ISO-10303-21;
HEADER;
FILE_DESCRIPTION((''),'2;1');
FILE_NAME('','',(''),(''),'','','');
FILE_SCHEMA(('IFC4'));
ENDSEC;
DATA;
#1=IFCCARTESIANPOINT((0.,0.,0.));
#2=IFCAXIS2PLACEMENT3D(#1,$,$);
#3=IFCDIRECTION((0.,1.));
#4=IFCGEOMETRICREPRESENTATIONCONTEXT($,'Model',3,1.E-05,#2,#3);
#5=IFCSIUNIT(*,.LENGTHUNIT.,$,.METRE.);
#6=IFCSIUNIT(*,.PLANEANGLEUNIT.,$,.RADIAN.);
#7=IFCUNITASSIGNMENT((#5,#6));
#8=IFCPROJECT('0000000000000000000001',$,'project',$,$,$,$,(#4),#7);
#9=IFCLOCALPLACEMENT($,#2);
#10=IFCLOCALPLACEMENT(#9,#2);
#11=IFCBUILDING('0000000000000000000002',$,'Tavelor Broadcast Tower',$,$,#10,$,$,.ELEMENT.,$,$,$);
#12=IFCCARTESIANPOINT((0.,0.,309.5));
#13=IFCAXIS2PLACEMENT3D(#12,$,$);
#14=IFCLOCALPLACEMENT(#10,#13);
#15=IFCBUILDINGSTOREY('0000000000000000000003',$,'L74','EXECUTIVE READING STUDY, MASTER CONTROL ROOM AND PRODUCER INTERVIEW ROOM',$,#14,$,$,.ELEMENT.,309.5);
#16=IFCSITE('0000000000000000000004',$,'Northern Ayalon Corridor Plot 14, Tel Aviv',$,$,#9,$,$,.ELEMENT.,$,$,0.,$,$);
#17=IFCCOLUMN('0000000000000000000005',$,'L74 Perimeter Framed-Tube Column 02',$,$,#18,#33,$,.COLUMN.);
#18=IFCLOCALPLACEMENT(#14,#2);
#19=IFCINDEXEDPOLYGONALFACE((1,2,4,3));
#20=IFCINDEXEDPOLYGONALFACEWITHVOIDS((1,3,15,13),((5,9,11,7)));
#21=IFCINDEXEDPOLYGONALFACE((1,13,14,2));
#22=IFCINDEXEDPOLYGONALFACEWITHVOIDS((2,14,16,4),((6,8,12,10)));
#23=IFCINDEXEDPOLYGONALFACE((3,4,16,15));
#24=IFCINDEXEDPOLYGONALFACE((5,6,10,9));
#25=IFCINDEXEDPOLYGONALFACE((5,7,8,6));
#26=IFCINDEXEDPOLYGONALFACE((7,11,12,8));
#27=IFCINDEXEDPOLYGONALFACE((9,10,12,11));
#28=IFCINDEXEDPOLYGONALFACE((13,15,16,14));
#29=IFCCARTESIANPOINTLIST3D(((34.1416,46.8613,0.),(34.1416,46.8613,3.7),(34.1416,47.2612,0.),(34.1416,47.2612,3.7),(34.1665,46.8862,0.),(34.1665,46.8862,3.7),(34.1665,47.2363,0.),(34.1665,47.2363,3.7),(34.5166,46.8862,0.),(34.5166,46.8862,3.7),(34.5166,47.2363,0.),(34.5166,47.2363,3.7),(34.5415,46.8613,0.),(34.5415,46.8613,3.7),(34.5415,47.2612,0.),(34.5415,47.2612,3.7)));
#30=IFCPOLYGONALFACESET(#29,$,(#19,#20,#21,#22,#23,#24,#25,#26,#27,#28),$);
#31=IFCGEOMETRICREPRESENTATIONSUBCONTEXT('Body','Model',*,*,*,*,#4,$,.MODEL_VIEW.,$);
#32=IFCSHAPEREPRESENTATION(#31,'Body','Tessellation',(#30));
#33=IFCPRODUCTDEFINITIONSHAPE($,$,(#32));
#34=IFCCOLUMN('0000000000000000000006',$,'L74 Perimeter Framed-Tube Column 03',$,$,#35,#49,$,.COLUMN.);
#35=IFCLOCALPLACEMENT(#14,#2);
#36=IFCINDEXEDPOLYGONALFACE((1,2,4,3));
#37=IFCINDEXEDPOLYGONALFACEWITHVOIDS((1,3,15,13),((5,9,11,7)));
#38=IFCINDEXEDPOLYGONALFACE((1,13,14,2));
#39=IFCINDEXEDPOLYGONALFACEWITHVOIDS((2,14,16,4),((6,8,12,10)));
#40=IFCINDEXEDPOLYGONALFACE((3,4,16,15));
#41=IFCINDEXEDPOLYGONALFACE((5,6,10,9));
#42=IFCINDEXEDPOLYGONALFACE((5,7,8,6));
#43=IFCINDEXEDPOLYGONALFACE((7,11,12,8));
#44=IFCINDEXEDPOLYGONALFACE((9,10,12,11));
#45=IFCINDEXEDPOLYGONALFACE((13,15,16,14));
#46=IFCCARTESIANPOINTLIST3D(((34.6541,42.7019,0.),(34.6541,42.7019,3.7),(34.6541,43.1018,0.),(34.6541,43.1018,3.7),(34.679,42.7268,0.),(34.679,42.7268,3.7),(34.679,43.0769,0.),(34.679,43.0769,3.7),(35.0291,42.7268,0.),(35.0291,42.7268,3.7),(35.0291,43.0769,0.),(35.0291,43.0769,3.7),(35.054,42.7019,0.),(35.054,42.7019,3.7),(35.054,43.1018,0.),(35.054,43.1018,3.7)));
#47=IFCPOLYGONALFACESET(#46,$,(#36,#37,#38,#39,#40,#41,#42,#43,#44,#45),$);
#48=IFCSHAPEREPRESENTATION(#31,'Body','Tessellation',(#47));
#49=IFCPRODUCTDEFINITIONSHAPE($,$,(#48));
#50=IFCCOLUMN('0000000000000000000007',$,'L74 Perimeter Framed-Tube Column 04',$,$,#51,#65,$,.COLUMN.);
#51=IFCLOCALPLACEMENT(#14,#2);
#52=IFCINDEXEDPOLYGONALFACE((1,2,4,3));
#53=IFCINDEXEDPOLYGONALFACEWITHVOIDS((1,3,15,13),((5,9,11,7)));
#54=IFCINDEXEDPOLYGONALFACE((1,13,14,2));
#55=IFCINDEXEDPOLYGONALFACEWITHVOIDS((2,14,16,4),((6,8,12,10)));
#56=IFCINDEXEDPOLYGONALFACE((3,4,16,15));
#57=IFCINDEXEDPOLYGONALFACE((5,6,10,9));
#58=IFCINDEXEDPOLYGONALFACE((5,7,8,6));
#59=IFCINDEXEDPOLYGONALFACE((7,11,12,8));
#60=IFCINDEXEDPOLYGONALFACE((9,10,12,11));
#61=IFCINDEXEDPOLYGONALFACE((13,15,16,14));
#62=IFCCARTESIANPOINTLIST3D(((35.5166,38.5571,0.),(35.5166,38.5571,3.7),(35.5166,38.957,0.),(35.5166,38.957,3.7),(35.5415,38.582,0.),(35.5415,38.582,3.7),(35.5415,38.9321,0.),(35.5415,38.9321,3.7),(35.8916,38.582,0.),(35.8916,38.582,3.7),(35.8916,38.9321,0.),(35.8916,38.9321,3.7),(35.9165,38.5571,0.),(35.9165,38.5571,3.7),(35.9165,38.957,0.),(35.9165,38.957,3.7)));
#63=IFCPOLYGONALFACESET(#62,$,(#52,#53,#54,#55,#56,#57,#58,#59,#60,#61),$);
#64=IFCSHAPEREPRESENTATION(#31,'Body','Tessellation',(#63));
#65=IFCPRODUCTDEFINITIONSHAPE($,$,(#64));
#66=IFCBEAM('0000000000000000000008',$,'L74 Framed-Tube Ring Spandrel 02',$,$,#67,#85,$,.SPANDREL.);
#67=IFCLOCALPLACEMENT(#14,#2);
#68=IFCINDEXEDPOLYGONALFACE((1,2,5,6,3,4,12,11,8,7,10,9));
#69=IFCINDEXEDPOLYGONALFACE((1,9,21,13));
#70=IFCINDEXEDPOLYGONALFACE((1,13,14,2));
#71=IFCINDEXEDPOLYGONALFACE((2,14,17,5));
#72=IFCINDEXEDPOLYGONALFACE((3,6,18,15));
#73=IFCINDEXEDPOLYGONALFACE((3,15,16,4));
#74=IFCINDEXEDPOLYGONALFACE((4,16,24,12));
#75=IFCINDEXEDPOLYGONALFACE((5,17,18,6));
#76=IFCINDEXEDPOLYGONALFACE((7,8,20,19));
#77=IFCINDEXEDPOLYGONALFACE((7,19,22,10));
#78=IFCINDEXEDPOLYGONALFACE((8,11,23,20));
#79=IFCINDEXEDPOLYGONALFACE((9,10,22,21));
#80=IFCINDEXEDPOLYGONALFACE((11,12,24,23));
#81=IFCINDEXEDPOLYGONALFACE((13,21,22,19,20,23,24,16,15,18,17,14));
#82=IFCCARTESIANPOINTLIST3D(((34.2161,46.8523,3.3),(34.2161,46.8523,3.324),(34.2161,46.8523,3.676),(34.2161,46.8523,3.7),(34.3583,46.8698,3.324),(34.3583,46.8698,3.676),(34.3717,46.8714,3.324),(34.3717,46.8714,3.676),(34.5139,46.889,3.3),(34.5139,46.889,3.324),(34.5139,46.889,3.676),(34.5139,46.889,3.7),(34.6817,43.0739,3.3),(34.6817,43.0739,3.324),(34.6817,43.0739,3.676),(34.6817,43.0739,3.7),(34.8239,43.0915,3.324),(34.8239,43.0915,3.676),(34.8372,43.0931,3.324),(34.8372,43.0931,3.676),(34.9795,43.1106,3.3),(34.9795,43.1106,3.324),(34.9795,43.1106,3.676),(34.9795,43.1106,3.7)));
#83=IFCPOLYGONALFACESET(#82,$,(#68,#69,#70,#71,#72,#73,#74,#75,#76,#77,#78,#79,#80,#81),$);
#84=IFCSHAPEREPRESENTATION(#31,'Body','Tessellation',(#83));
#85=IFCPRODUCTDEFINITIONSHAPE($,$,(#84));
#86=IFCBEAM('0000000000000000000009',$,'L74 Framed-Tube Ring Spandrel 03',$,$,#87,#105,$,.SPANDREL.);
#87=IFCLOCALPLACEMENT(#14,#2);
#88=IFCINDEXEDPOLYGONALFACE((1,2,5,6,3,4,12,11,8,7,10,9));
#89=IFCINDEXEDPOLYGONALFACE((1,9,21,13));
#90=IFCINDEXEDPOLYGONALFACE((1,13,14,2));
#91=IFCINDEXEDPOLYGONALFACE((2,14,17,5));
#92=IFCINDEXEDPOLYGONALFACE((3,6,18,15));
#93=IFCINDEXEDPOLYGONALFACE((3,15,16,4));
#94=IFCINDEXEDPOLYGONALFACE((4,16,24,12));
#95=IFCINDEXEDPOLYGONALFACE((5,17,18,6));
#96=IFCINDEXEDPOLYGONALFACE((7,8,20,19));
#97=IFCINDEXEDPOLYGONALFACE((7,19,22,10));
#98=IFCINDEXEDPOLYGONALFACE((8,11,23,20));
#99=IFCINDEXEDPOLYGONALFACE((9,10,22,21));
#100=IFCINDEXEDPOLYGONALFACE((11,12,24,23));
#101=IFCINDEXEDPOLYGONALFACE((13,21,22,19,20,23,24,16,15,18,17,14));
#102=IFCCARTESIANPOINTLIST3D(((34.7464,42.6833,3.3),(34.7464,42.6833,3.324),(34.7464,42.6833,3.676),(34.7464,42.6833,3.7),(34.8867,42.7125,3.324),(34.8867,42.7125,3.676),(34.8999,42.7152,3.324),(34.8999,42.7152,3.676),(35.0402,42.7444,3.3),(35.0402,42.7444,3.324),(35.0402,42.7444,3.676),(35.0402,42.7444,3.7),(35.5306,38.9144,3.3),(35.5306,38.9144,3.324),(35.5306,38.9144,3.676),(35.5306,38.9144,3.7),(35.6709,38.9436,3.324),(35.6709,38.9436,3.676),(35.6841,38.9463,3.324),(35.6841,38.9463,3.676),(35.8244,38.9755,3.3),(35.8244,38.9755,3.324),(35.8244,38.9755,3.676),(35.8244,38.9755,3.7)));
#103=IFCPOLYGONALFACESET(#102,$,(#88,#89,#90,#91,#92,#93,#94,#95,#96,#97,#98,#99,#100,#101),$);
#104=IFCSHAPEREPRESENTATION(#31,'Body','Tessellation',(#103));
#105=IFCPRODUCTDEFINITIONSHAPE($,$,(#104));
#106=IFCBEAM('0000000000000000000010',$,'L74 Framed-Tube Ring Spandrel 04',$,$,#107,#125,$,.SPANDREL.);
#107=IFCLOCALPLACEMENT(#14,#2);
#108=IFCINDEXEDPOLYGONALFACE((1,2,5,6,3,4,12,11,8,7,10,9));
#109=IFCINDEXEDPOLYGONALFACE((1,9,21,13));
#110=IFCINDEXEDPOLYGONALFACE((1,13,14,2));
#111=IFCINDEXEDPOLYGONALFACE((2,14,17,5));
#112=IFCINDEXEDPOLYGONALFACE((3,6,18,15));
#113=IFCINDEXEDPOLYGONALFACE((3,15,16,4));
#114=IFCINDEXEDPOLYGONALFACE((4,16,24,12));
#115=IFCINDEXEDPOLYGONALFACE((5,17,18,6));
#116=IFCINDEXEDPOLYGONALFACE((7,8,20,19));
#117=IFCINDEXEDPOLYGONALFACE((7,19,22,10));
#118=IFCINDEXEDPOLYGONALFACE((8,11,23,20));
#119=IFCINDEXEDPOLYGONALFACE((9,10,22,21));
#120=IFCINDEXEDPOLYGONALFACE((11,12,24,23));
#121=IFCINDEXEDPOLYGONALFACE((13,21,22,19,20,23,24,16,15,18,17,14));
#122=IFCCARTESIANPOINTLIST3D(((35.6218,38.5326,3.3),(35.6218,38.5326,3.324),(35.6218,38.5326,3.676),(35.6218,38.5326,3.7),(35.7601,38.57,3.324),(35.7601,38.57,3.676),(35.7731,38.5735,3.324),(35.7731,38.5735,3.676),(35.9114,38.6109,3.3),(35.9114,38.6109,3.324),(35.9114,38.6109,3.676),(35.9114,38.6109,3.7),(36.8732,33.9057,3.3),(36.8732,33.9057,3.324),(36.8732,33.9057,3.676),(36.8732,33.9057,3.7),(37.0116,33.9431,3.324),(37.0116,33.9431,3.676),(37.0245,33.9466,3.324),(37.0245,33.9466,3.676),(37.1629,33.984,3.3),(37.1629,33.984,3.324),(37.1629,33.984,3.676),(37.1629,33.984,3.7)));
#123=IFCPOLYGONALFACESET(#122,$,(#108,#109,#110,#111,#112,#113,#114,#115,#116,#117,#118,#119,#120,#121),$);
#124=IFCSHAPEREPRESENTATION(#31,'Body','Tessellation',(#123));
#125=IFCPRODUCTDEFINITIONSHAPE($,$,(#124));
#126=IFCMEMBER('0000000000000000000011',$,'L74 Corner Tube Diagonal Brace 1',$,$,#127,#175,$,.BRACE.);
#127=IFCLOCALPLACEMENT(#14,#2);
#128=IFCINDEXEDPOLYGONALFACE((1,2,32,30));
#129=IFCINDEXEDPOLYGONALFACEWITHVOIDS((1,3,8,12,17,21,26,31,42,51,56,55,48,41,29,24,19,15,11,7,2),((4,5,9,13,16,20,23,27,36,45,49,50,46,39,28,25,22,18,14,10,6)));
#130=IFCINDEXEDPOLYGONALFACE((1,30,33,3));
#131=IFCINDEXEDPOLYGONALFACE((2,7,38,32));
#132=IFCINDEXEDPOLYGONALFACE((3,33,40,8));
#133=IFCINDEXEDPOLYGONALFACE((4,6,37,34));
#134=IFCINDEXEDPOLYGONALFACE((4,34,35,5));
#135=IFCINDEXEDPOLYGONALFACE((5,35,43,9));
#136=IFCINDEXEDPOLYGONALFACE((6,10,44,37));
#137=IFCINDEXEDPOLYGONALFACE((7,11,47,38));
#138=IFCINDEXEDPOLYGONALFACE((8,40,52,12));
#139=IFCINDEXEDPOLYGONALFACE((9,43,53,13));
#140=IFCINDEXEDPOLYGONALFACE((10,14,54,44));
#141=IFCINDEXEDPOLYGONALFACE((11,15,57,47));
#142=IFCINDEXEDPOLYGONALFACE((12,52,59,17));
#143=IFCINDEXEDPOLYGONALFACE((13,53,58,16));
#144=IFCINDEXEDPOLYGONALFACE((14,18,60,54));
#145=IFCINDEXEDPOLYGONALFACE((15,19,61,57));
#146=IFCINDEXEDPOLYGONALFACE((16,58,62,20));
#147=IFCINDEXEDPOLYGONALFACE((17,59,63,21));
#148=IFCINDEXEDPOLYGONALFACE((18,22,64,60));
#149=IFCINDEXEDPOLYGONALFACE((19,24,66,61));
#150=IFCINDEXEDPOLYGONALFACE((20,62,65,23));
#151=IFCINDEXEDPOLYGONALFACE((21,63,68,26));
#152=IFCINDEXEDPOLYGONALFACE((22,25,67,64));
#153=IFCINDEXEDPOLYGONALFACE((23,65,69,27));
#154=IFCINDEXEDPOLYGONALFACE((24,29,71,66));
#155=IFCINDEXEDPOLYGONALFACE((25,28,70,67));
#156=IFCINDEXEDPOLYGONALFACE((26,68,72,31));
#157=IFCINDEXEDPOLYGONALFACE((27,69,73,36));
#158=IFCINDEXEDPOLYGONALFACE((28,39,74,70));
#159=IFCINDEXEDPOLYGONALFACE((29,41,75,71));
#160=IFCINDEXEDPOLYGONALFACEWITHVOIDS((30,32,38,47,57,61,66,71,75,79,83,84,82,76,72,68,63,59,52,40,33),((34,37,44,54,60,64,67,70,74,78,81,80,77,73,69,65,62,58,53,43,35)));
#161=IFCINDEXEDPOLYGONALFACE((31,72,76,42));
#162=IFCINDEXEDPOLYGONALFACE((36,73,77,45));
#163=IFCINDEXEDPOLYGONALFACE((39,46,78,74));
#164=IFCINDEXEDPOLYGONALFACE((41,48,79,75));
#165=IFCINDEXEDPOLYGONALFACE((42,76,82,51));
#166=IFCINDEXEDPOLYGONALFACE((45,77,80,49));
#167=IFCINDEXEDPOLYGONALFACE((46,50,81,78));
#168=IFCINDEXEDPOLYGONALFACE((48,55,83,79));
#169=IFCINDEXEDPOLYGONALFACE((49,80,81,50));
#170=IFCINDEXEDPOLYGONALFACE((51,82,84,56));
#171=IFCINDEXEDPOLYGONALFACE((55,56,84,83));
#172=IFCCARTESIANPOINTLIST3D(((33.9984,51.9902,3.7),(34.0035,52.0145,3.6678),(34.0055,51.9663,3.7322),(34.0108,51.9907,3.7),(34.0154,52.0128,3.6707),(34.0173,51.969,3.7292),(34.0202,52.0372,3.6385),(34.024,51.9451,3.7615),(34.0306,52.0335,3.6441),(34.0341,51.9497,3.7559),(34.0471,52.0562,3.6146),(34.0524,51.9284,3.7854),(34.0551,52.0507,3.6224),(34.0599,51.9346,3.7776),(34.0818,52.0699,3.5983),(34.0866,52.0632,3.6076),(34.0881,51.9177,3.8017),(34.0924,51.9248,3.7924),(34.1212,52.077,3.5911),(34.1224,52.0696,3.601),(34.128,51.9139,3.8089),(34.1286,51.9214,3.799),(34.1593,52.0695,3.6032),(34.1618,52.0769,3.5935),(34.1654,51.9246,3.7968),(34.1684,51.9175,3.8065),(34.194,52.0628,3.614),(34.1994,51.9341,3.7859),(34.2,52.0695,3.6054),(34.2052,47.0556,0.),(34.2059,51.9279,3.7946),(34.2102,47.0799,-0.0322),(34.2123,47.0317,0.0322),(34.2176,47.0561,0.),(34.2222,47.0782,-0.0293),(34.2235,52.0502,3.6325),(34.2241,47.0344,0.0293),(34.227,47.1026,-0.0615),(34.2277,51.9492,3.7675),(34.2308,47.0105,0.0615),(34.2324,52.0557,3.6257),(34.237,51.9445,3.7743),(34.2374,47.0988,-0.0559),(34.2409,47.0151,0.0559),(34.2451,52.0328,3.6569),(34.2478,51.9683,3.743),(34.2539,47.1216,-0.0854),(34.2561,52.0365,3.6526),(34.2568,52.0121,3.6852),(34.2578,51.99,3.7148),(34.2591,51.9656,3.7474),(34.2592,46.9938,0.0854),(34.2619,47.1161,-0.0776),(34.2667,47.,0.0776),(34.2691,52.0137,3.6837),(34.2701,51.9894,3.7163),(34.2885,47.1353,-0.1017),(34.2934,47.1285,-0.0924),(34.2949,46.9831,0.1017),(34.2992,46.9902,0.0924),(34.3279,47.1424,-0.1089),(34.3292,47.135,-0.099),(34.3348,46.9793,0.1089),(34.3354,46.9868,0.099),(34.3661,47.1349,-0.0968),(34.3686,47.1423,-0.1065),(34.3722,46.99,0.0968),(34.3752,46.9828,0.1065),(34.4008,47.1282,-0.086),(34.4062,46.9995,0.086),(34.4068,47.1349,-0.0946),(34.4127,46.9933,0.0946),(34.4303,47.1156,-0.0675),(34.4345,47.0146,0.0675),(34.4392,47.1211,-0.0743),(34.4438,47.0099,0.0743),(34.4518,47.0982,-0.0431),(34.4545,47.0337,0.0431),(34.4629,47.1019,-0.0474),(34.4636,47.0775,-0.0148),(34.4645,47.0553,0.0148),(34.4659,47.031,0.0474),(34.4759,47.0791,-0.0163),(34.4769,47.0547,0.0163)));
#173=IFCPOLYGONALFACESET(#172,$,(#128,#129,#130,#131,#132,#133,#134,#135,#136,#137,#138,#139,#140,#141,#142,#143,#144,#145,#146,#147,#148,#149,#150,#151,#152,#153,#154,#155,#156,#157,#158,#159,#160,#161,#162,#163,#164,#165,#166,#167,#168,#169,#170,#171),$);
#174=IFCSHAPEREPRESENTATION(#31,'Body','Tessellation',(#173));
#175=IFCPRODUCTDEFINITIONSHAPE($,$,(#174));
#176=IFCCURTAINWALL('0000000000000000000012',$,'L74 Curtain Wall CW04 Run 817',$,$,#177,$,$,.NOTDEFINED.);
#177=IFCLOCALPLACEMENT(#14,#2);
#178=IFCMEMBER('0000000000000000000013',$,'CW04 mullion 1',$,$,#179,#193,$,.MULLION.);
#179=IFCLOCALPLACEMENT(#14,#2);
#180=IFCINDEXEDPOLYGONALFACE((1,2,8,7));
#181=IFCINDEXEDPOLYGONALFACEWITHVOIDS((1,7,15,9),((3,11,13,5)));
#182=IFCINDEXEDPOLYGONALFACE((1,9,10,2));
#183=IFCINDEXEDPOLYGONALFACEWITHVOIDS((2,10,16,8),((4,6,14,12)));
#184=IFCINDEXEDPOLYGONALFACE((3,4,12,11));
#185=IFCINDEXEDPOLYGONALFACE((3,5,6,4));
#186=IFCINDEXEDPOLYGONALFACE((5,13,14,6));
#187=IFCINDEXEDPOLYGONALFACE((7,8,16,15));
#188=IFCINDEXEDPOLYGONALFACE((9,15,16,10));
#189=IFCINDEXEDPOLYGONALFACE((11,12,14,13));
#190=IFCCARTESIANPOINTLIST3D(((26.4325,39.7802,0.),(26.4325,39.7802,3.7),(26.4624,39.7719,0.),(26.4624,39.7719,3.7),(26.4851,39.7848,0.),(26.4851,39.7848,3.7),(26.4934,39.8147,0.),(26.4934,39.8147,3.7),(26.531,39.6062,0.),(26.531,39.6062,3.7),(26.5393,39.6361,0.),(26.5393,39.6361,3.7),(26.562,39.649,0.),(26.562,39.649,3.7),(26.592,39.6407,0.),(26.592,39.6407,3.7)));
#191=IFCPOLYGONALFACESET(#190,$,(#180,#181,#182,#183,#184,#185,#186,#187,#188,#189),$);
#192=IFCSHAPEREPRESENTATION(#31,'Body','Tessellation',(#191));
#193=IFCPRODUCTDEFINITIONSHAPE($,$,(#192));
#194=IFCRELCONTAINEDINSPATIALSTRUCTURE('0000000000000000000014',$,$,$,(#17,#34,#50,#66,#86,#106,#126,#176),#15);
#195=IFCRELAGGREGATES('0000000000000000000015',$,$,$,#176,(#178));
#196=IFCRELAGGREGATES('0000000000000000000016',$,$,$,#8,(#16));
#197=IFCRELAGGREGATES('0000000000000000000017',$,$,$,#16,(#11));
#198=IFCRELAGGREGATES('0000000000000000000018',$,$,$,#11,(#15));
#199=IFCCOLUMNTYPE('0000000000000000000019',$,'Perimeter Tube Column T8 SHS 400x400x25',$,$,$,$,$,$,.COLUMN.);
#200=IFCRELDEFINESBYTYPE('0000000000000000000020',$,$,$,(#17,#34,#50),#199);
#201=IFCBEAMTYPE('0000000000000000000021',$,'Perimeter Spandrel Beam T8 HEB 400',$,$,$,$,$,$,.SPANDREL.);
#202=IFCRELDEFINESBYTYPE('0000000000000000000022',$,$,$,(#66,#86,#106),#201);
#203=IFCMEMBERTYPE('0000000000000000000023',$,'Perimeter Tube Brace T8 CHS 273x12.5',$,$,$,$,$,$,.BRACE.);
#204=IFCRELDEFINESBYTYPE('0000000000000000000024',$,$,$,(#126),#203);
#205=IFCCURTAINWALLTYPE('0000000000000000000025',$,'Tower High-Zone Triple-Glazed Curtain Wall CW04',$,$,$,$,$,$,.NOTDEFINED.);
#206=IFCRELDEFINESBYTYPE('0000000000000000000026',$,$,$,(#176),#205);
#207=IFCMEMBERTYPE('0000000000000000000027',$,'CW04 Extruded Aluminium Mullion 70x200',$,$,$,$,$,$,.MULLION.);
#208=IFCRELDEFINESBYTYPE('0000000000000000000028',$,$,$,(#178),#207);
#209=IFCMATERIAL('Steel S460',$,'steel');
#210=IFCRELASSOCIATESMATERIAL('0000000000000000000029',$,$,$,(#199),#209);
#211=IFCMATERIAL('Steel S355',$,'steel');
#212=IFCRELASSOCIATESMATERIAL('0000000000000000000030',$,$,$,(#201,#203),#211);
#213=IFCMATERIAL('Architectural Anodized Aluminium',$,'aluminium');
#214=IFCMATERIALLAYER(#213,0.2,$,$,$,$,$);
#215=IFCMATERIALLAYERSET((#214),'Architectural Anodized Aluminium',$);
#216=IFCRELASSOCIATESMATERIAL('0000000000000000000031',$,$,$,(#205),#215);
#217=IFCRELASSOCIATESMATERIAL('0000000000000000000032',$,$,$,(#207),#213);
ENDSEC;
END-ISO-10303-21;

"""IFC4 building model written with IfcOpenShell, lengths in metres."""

from ifc_helpers import new_model, si_unit, direction, frame, origin, origin_2d, place, context, subcontext, project, spatial, hollow_rectangle, hollow_circle, i_section, extrude, source, transform, mapped, material, layer, layer_set, material_profile, profile_set, type_object, type_shapes, element, aggregate, save


model = new_model("IFC4")

# Units and contexts
model_context = context("Model", 3, precision=1e-05, world=origin(), true_north=direction((0.0, 1.0)))
body_context = subcontext(model_context, "Body", "Model", "MODEL_VIEW")
ifc_project = project(units=[si_unit("LENGTHUNIT", "METRE"), si_unit("PLANEANGLEUNIT", "RADIAN")], contexts=[model_context])

# Site, building, storey
site_placement = place(None, origin())
site = spatial("IfcSite", under=ifc_project, at=site_placement, Name="Northern Ayalon Corridor Plot 14, Tel Aviv", CompositionType="ELEMENT", RefElevation=0.0)
building_placement = place(site_placement, origin())
building = spatial("IfcBuilding", under=site, at=building_placement, Name="Tavelor Broadcast Tower", CompositionType="ELEMENT")
storey_placement = place(building_placement, frame((0.0, 0.0, 309.5)))
storey = spatial("IfcBuildingStorey", under=building, at=storey_placement, Name="L74", Description="EXECUTIVE READING STUDY, MASTER CONTROL ROOM AND PRODUCER INTERVIEW ROOM", CompositionType="ELEMENT", Elevation=309.5)

# Columns
ifc_material_1 = material(Name="Steel S460", Category="steel")
ifc_material_profile_1 = material_profile(ifc_material_1, hollow_rectangle(XDim=0.3999, YDim=0.3999, WallThickness=0.0249, at=origin_2d()), Name="SHS 400x400x25")
ifc_profile_set_1 = profile_set([ifc_material_profile_1], Name="Steel S460")
column_type = type_object("IfcColumnType", Name="Perimeter Tube Column T8 SHS 400x400x25", PredefinedType="COLUMN", material=ifc_profile_set_1)
for number, where, z_axis, x_axis, name in (
    (1, (34.3416, 47.0613, 0.0), (0.0, 0.0, 1.0), (1.0, 0.0, 0.0), "L74 Perimeter Framed-Tube Column 02"),
    (2, (34.854, 42.9019, 0.0), (0.0, 0.0, 1.0), (1.0, 0.0, 0.0), "L74 Perimeter Framed-Tube Column 03"),
    (3, (35.7166, 38.7571, 0.0), (0.0, 0.0, 1.0), (1.0, 0.0, 0.0), "L74 Perimeter Framed-Tube Column 04"),
):
    element("IfcColumn", number, at=place(storey_placement, frame(where, z_axis=z_axis, x_axis=x_axis)), inside=storey, type_object=column_type, Name=name, PredefinedType="COLUMN", context=body_context, shape_type="SweptSolid", body=[
        extrude(hollow_rectangle(XDim=0.3999, YDim=0.3999, WallThickness=0.0249, at=origin_2d()), origin(), (0.0, 0.0, 1.0), 3.7),
    ])

# Beams
ifc_material_2 = material(Name="Steel S355", Category="steel")
ifc_material_profile_2 = material_profile(ifc_material_2, i_section(OverallWidth=0.3, OverallDepth=0.3999, WebThickness=0.0134, FlangeThickness=0.0239, at=origin_2d()), Name="HEB 400")
ifc_profile_set_2 = profile_set([ifc_material_profile_2], Name="Steel S355")
beam_type = type_object("IfcBeamType", Name="Perimeter Spandrel Beam T8 HEB 400", PredefinedType="SPANDREL", material=ifc_profile_set_2)
beam_1_placement = place(storey_placement, frame((34.365, 46.8706, 3.5), z_axis=(0.122298, -0.992493, 0.0), x_axis=(0.992493, 0.122298, 0.0)))
element("IfcBeam", 4, at=beam_1_placement, inside=storey, type_object=beam_type, Name="L74 Framed-Tube Ring Spandrel 02", PredefinedType="SPANDREL", context=body_context, shape_type="SweptSolid", body=[
    extrude(i_section(OverallWidth=0.3, OverallDepth=0.3999, WebThickness=0.0134, FlangeThickness=0.0239, at=origin_2d()), origin(), (0.0, 0.0, 1.0), 3.8069),
])
beam_2_placement = place(storey_placement, frame((34.8933, 42.7139, 3.5), z_axis=(0.203709, -0.979032, 0.0), x_axis=(0.979032, 0.203709, 0.0)))
element("IfcBeam", 5, at=beam_2_placement, inside=storey, type_object=beam_type, Name="L74 Framed-Tube Ring Spandrel 03", PredefinedType="SPANDREL", context=body_context, shape_type="SweptSolid", body=[
    extrude(i_section(OverallWidth=0.3, OverallDepth=0.3999, WebThickness=0.0134, FlangeThickness=0.0239, at=origin_2d()), origin(), (0.0, 0.0, 1.0), 3.8496),
])
beam_3_placement = place(storey_placement, frame((35.7666, 38.5718, 3.5), z_axis=(0.261091, -0.965314, 0.0), x_axis=(0.965314, 0.261091, 0.0)))
element("IfcBeam", 6, at=beam_3_placement, inside=storey, type_object=beam_type, Name="L74 Framed-Tube Ring Spandrel 04", PredefinedType="SPANDREL", context=body_context, shape_type="SweptSolid", body=[
    extrude(i_section(OverallWidth=0.3, OverallDepth=0.3999, WebThickness=0.0134, FlangeThickness=0.0239, at=origin_2d()), origin(), (0.0, 0.0, 1.0), 4.7932),
])

# Member
ifc_material_profile_3 = material_profile(ifc_material_2, hollow_circle(Radius=0.1365, WallThickness=0.0125, at=origin_2d()), Name="CHS 273x12.5")
ifc_profile_set_3 = profile_set([ifc_material_profile_3], Name="Steel S355")
member_type_1 = type_object("IfcMemberType", Name="Perimeter Tube Brace T8 CHS 273x12.5", PredefinedType="BRACE", material=ifc_profile_set_3)
member_1_placement = place(storey_placement, frame((34.3416, 47.0613, 0.0), z_axis=(-0.033509, 0.799627, 0.599562), x_axis=(-0.999123, -0.041869, 0.0)))
element("IfcMember", 7, at=member_1_placement, inside=storey, type_object=member_type_1, Name="L74 Corner Tube Diagonal Brace 1", PredefinedType="BRACE", context=body_context, shape_type="SweptSolid", body=[
    extrude(hollow_circle(Radius=0.1365, WallThickness=0.0125, at=origin_2d()), origin(), (0.0, 0.0, 1.0), 6.1711),
])

# Curtain wall, member
ifc_material_3 = material(Name="Architectural Anodized Aluminium", Category="aluminium")
ifc_layer_1 = layer(ifc_material_3, 0.2)
ifc_layer_set_1 = layer_set([ifc_layer_1], Name="Architectural Anodized Aluminium")
curtain_wall_type = type_object("IfcCurtainWallType", Name="Tower High-Zone Triple-Glazed Curtain Wall CW04", PredefinedType="NOTDEFINED", material=ifc_layer_set_1)
curtain_wall_placement = place(storey_placement, origin())
curtain_wall = element("IfcCurtainWall", 8, at=curtain_wall_placement, inside=storey, type_object=curtain_wall_type, Name="L74 Curtain Wall CW04 Run 817", PredefinedType="NOTDEFINED")
ifc_material_profile_4 = material_profile(ifc_material_3, hollow_rectangle(XDim=0.0701, YDim=0.2, WallThickness=0.022, at=origin_2d()), Name="RHS 70x200x22")
ifc_profile_set_4 = profile_set([ifc_material_profile_4], Name="Architectural Anodized Aluminium")
member_type_2 = type_object("IfcMemberType", Name="CW04 Extruded Aluminium Mullion 70x200", PredefinedType="MULLION", material=ifc_profile_set_4)
shared_shape_1 = source(origin(), body_context, "Body", "SweptSolid", [
    extrude(hollow_rectangle(XDim=0.0701, YDim=0.2, WallThickness=0.022, at=origin_2d()), origin(), (0.0, 0.0, 1.0), 3.7),
])
type_shapes(member_type_2, [shared_shape_1])
member_2_placement = place(storey_placement, frame((26.5122, 39.7104, 0.0), z_axis=(0.0, 0.0, 1.0), x_axis=(0.870146, 0.492794, 0.0)))
member_2 = element("IfcMember", 9, at=member_2_placement, type_object=member_type_2, Name="CW04 mullion 1", PredefinedType="MULLION", context=body_context, shape_type="MappedRepresentation", body=[
    mapped(shared_shape_1, transform((0.0, 0.0, 0.0), scale=1.0)),
])
aggregate(curtain_wall, [member_2])

save(model, "model.ifc")
